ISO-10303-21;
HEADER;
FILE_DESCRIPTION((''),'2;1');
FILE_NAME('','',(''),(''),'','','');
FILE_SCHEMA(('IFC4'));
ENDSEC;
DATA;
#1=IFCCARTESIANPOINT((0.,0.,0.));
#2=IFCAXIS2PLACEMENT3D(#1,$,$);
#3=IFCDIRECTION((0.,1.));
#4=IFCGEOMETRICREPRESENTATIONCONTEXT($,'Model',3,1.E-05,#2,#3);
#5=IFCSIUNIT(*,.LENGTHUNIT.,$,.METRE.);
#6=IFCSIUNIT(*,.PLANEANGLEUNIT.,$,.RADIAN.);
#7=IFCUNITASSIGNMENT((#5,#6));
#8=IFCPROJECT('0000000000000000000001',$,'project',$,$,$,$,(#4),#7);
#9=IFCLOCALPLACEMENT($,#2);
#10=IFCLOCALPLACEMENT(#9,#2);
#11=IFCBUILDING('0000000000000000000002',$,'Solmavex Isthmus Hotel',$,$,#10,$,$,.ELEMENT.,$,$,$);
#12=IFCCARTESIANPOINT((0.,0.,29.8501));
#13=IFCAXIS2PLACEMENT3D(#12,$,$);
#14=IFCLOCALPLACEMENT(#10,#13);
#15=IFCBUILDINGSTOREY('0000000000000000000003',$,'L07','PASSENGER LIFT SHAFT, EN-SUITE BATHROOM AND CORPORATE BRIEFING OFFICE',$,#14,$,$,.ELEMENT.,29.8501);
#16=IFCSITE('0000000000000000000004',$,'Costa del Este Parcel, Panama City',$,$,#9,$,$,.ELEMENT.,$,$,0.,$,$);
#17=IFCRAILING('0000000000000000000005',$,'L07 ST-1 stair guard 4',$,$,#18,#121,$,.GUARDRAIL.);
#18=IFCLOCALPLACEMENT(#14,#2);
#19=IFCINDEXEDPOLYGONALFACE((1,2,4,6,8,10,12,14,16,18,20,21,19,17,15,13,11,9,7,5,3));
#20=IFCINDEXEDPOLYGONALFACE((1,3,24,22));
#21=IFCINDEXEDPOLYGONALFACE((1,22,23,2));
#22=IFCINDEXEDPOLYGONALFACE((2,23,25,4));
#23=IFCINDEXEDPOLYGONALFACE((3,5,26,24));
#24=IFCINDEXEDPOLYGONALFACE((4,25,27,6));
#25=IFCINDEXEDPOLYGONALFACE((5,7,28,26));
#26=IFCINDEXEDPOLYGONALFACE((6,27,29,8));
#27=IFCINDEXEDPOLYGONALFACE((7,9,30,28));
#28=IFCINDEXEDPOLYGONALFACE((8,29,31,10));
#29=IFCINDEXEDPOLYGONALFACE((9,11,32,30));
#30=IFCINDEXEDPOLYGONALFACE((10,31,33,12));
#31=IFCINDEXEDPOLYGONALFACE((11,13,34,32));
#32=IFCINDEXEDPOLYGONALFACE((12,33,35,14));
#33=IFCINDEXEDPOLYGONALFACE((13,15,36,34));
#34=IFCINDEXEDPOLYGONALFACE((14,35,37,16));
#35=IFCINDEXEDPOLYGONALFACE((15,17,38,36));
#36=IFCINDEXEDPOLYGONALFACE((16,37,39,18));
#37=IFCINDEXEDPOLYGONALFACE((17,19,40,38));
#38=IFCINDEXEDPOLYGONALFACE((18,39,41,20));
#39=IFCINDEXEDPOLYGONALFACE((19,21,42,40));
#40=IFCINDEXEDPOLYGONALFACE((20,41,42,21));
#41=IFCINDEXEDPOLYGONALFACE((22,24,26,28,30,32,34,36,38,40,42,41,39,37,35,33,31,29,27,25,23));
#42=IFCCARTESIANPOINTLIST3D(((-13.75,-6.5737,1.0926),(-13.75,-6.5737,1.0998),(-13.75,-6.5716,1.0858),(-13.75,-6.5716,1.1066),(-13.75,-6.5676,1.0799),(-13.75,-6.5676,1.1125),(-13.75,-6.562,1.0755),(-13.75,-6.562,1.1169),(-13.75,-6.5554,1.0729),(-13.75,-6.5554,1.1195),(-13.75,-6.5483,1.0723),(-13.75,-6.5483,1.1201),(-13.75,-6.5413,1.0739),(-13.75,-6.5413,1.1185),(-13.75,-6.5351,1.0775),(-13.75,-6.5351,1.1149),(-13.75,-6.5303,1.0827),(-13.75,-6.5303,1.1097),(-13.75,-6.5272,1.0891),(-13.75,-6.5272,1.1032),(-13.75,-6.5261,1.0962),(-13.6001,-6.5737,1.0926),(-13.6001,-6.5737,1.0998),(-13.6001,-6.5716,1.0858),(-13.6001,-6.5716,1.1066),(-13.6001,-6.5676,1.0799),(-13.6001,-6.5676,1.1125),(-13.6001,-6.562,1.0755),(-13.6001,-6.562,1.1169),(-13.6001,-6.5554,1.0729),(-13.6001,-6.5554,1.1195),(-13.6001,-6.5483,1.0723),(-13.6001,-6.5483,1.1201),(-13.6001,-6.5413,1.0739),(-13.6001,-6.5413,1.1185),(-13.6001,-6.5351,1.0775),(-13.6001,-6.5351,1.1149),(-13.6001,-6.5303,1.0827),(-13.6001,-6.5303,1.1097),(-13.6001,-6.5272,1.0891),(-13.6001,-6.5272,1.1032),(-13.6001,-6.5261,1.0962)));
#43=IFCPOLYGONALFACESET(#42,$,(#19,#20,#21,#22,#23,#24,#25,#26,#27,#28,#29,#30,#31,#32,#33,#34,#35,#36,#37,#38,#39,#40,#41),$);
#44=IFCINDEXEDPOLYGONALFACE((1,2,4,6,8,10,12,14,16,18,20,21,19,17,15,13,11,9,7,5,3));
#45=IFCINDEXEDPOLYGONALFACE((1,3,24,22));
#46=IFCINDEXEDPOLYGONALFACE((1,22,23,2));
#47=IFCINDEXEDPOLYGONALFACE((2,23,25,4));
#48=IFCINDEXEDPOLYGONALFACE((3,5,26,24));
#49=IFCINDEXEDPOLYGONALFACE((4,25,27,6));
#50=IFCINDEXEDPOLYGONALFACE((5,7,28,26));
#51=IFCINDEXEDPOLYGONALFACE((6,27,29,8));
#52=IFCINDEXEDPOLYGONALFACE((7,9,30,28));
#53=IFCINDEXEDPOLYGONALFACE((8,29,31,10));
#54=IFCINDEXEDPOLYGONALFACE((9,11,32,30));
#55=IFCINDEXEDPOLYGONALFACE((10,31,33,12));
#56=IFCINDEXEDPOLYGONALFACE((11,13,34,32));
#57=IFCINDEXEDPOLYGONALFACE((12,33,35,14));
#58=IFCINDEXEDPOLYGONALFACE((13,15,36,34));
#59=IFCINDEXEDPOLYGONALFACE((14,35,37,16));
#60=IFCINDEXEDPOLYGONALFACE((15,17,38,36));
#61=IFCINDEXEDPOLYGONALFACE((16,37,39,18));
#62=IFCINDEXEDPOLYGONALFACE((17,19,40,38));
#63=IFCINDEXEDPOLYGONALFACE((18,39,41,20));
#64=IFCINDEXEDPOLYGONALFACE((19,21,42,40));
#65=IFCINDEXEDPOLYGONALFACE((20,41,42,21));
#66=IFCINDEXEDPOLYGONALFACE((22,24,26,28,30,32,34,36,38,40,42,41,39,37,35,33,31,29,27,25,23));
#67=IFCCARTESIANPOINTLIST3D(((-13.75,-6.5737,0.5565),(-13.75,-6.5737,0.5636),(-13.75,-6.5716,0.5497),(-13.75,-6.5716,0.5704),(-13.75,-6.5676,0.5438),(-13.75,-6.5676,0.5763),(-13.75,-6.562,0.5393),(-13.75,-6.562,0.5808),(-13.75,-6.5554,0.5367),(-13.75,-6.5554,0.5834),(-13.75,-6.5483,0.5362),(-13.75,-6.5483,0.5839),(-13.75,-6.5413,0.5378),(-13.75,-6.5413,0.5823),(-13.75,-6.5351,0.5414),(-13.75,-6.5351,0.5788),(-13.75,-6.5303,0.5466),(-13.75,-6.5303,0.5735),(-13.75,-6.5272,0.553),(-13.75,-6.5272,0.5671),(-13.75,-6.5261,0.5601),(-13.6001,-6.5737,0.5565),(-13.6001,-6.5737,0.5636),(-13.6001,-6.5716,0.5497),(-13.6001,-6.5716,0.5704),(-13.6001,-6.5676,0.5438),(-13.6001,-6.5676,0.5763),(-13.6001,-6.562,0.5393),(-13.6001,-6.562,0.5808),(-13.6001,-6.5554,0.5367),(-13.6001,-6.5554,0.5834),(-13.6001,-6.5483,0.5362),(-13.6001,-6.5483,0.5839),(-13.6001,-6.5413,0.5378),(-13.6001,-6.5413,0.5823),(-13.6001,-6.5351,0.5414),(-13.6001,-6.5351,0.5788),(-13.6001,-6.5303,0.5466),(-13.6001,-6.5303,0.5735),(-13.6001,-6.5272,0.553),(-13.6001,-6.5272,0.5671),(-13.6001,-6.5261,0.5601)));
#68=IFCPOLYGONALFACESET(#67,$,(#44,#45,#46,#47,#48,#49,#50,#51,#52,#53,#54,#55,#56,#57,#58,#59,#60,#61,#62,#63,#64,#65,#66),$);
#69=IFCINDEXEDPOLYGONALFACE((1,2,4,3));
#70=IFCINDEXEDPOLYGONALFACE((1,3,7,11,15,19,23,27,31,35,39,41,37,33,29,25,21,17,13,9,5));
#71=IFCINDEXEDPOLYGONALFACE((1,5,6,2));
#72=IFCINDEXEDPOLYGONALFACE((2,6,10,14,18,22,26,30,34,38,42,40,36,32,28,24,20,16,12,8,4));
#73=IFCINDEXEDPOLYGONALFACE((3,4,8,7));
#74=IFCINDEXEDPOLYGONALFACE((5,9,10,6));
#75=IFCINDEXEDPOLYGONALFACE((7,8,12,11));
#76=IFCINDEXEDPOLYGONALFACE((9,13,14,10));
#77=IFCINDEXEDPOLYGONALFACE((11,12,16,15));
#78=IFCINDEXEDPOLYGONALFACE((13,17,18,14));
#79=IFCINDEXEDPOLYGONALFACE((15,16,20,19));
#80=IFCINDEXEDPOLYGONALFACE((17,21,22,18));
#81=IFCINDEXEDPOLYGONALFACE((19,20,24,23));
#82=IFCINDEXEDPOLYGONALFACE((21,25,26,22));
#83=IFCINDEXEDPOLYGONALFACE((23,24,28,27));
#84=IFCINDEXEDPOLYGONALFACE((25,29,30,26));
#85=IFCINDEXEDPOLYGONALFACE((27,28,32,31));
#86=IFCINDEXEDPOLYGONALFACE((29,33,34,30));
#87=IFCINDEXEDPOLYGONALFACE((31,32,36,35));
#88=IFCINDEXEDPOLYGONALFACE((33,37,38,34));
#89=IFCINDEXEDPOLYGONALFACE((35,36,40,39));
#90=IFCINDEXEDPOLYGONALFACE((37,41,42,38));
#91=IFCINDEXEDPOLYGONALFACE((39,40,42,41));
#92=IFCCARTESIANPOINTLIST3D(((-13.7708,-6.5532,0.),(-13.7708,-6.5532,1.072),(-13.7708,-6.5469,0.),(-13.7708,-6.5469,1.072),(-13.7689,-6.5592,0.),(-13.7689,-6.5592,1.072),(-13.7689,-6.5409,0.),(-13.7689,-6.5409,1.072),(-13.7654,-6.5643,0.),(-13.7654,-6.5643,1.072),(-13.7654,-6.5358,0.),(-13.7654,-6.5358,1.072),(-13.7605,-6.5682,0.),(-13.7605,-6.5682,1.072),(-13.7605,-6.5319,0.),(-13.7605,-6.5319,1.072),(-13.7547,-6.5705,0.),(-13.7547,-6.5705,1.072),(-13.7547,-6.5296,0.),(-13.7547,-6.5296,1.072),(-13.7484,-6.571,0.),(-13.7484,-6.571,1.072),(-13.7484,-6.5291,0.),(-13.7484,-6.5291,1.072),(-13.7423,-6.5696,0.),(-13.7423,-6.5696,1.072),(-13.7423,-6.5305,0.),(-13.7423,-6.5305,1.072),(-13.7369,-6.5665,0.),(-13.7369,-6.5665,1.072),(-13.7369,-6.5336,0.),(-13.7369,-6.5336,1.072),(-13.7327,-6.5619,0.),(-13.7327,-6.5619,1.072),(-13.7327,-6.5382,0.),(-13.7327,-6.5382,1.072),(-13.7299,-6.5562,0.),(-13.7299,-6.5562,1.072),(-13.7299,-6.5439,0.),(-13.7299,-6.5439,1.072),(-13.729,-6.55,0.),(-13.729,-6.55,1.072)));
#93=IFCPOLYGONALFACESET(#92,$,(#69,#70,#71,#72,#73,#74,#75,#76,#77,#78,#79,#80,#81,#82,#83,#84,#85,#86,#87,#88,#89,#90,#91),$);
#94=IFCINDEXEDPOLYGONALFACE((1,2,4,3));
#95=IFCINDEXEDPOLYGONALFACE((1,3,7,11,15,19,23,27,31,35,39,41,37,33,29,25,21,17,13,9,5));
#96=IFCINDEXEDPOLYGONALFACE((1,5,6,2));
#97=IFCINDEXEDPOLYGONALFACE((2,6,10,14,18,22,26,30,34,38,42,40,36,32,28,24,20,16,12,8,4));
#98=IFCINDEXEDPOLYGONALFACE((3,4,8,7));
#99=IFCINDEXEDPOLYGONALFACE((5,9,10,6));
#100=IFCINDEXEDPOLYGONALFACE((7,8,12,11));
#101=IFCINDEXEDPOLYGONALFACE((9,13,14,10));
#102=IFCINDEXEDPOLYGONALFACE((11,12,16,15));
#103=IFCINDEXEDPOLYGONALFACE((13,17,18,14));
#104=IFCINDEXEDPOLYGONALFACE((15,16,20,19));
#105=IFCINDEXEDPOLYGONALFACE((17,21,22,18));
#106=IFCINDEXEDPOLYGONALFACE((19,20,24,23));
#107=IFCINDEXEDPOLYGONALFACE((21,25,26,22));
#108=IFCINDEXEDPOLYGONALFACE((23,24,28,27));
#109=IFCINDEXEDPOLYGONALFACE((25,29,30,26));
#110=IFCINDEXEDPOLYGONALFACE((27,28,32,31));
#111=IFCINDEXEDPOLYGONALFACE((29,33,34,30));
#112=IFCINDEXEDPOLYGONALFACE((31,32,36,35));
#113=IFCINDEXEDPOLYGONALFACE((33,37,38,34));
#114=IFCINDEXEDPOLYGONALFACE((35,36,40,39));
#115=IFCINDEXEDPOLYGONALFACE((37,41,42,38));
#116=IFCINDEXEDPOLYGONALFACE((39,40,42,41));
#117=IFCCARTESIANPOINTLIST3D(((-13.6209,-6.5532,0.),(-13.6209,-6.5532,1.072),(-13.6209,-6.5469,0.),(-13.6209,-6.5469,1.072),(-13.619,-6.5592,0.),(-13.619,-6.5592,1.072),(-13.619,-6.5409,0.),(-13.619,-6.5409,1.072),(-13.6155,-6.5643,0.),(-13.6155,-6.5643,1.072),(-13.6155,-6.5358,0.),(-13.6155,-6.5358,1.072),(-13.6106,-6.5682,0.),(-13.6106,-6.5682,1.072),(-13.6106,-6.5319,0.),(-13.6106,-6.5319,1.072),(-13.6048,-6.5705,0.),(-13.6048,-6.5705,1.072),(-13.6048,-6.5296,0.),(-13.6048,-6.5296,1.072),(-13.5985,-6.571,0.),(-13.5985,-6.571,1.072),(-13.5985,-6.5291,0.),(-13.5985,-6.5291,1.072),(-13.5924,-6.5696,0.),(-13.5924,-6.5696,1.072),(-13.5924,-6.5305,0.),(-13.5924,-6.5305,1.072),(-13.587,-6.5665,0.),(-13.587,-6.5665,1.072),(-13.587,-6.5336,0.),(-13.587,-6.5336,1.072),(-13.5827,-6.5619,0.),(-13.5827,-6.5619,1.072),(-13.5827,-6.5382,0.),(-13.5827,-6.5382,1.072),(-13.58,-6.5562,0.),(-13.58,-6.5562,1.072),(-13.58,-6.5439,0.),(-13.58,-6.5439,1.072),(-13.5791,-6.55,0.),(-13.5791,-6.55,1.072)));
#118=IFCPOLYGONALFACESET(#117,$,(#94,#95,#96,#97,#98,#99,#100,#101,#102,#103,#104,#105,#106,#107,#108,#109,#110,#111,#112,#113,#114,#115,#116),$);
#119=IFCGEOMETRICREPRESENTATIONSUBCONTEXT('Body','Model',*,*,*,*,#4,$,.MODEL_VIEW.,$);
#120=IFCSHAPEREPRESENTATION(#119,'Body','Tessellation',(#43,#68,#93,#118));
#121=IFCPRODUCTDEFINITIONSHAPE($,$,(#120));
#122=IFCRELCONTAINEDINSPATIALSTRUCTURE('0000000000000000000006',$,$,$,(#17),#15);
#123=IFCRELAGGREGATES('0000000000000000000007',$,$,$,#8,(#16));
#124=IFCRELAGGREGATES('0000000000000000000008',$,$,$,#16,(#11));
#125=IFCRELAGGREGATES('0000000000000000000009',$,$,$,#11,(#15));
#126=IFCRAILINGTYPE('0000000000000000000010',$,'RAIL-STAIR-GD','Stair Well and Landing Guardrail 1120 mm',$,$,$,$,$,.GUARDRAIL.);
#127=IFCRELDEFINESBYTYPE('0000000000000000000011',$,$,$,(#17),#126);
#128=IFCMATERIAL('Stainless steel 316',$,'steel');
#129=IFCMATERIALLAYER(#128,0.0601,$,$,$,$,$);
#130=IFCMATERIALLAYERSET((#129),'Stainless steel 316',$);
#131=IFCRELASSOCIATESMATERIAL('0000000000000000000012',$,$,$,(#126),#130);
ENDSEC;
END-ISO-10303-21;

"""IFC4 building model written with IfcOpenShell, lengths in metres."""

from ifc_helpers import new_model, si_unit, direction, frame, origin, origin_2d, place, context, subcontext, project, spatial, circle, extrude, material, layer, layer_set, type_object, element, save


model = new_model("IFC4")

# Units and contexts
model_context = context("Model", 3, precision=1e-05, world=origin(), true_north=direction((0.0, 1.0)))
body_context = subcontext(model_context, "Body", "Model", "MODEL_VIEW")
ifc_project = project(units=[si_unit("LENGTHUNIT", "METRE"), si_unit("PLANEANGLEUNIT", "RADIAN")], contexts=[model_context])

# Site, building, storey
site_placement = place(None, origin())
site = spatial("IfcSite", under=ifc_project, at=site_placement, Name="Costa del Este Parcel, Panama City", CompositionType="ELEMENT", RefElevation=0.0)
building_placement = place(site_placement, origin())
building = spatial("IfcBuilding", under=site, at=building_placement, Name="Solmavex Isthmus Hotel", CompositionType="ELEMENT")
storey_placement = place(building_placement, frame((0.0, 0.0, 29.8501)))
storey = spatial("IfcBuildingStorey", under=building, at=storey_placement, Name="L07", Description="PASSENGER LIFT SHAFT, EN-SUITE BATHROOM AND CORPORATE BRIEFING OFFICE", CompositionType="ELEMENT", Elevation=29.8501)

# Shared definitions
ifc_material_1 = material(Name="Stainless steel 316", Category="steel")

# Railing
ifc_layer_1 = layer(ifc_material_1, 0.0601)
ifc_layer_set_1 = layer_set([ifc_layer_1], Name="Stainless steel 316")
railing_type_1 = type_object("IfcRailingType", Name="RAIL-STAIR-GD", Description="Stair Well and Landing Guardrail 1120 mm", PredefinedType="GUARDRAIL", material=ifc_layer_set_1)
railing_1_placement = place(storey_placement, frame((-13.75, -6.55, 0.0)))
element("IfcRailing", 1, at=railing_1_placement, inside=storey, type_object=railing_type_1, Name="L07 ST-1 stair guard 4", PredefinedType="GUARDRAIL", context=body_context, shape_type="SweptSolid", body=[
    extrude(circle(Radius=0.0239, at=origin_2d()), frame((0.0, 0.0, 1.0962), z_axis=(1.0, 0.0, 0.0), x_axis=(0.0, 1.0, 0.0)), (0.0, 0.0, 1.0), 0.1499),
    extrude(circle(Radius=0.0239, at=origin_2d()), frame((0.0, 0.0, 0.5601), z_axis=(1.0, 0.0, 0.0), x_axis=(0.0, 1.0, 0.0)), (0.0, 0.0, 1.0), 0.1499),
    extrude(circle(Radius=0.021, at=origin_2d()), origin(), (0.0, 0.0, 1.0), 1.072),
    extrude(circle(Radius=0.021, at=origin_2d()), frame((0.1499, 0.0, 0.0)), (0.0, 0.0, 1.0), 1.072),
])

save(model, "model.ifc")
